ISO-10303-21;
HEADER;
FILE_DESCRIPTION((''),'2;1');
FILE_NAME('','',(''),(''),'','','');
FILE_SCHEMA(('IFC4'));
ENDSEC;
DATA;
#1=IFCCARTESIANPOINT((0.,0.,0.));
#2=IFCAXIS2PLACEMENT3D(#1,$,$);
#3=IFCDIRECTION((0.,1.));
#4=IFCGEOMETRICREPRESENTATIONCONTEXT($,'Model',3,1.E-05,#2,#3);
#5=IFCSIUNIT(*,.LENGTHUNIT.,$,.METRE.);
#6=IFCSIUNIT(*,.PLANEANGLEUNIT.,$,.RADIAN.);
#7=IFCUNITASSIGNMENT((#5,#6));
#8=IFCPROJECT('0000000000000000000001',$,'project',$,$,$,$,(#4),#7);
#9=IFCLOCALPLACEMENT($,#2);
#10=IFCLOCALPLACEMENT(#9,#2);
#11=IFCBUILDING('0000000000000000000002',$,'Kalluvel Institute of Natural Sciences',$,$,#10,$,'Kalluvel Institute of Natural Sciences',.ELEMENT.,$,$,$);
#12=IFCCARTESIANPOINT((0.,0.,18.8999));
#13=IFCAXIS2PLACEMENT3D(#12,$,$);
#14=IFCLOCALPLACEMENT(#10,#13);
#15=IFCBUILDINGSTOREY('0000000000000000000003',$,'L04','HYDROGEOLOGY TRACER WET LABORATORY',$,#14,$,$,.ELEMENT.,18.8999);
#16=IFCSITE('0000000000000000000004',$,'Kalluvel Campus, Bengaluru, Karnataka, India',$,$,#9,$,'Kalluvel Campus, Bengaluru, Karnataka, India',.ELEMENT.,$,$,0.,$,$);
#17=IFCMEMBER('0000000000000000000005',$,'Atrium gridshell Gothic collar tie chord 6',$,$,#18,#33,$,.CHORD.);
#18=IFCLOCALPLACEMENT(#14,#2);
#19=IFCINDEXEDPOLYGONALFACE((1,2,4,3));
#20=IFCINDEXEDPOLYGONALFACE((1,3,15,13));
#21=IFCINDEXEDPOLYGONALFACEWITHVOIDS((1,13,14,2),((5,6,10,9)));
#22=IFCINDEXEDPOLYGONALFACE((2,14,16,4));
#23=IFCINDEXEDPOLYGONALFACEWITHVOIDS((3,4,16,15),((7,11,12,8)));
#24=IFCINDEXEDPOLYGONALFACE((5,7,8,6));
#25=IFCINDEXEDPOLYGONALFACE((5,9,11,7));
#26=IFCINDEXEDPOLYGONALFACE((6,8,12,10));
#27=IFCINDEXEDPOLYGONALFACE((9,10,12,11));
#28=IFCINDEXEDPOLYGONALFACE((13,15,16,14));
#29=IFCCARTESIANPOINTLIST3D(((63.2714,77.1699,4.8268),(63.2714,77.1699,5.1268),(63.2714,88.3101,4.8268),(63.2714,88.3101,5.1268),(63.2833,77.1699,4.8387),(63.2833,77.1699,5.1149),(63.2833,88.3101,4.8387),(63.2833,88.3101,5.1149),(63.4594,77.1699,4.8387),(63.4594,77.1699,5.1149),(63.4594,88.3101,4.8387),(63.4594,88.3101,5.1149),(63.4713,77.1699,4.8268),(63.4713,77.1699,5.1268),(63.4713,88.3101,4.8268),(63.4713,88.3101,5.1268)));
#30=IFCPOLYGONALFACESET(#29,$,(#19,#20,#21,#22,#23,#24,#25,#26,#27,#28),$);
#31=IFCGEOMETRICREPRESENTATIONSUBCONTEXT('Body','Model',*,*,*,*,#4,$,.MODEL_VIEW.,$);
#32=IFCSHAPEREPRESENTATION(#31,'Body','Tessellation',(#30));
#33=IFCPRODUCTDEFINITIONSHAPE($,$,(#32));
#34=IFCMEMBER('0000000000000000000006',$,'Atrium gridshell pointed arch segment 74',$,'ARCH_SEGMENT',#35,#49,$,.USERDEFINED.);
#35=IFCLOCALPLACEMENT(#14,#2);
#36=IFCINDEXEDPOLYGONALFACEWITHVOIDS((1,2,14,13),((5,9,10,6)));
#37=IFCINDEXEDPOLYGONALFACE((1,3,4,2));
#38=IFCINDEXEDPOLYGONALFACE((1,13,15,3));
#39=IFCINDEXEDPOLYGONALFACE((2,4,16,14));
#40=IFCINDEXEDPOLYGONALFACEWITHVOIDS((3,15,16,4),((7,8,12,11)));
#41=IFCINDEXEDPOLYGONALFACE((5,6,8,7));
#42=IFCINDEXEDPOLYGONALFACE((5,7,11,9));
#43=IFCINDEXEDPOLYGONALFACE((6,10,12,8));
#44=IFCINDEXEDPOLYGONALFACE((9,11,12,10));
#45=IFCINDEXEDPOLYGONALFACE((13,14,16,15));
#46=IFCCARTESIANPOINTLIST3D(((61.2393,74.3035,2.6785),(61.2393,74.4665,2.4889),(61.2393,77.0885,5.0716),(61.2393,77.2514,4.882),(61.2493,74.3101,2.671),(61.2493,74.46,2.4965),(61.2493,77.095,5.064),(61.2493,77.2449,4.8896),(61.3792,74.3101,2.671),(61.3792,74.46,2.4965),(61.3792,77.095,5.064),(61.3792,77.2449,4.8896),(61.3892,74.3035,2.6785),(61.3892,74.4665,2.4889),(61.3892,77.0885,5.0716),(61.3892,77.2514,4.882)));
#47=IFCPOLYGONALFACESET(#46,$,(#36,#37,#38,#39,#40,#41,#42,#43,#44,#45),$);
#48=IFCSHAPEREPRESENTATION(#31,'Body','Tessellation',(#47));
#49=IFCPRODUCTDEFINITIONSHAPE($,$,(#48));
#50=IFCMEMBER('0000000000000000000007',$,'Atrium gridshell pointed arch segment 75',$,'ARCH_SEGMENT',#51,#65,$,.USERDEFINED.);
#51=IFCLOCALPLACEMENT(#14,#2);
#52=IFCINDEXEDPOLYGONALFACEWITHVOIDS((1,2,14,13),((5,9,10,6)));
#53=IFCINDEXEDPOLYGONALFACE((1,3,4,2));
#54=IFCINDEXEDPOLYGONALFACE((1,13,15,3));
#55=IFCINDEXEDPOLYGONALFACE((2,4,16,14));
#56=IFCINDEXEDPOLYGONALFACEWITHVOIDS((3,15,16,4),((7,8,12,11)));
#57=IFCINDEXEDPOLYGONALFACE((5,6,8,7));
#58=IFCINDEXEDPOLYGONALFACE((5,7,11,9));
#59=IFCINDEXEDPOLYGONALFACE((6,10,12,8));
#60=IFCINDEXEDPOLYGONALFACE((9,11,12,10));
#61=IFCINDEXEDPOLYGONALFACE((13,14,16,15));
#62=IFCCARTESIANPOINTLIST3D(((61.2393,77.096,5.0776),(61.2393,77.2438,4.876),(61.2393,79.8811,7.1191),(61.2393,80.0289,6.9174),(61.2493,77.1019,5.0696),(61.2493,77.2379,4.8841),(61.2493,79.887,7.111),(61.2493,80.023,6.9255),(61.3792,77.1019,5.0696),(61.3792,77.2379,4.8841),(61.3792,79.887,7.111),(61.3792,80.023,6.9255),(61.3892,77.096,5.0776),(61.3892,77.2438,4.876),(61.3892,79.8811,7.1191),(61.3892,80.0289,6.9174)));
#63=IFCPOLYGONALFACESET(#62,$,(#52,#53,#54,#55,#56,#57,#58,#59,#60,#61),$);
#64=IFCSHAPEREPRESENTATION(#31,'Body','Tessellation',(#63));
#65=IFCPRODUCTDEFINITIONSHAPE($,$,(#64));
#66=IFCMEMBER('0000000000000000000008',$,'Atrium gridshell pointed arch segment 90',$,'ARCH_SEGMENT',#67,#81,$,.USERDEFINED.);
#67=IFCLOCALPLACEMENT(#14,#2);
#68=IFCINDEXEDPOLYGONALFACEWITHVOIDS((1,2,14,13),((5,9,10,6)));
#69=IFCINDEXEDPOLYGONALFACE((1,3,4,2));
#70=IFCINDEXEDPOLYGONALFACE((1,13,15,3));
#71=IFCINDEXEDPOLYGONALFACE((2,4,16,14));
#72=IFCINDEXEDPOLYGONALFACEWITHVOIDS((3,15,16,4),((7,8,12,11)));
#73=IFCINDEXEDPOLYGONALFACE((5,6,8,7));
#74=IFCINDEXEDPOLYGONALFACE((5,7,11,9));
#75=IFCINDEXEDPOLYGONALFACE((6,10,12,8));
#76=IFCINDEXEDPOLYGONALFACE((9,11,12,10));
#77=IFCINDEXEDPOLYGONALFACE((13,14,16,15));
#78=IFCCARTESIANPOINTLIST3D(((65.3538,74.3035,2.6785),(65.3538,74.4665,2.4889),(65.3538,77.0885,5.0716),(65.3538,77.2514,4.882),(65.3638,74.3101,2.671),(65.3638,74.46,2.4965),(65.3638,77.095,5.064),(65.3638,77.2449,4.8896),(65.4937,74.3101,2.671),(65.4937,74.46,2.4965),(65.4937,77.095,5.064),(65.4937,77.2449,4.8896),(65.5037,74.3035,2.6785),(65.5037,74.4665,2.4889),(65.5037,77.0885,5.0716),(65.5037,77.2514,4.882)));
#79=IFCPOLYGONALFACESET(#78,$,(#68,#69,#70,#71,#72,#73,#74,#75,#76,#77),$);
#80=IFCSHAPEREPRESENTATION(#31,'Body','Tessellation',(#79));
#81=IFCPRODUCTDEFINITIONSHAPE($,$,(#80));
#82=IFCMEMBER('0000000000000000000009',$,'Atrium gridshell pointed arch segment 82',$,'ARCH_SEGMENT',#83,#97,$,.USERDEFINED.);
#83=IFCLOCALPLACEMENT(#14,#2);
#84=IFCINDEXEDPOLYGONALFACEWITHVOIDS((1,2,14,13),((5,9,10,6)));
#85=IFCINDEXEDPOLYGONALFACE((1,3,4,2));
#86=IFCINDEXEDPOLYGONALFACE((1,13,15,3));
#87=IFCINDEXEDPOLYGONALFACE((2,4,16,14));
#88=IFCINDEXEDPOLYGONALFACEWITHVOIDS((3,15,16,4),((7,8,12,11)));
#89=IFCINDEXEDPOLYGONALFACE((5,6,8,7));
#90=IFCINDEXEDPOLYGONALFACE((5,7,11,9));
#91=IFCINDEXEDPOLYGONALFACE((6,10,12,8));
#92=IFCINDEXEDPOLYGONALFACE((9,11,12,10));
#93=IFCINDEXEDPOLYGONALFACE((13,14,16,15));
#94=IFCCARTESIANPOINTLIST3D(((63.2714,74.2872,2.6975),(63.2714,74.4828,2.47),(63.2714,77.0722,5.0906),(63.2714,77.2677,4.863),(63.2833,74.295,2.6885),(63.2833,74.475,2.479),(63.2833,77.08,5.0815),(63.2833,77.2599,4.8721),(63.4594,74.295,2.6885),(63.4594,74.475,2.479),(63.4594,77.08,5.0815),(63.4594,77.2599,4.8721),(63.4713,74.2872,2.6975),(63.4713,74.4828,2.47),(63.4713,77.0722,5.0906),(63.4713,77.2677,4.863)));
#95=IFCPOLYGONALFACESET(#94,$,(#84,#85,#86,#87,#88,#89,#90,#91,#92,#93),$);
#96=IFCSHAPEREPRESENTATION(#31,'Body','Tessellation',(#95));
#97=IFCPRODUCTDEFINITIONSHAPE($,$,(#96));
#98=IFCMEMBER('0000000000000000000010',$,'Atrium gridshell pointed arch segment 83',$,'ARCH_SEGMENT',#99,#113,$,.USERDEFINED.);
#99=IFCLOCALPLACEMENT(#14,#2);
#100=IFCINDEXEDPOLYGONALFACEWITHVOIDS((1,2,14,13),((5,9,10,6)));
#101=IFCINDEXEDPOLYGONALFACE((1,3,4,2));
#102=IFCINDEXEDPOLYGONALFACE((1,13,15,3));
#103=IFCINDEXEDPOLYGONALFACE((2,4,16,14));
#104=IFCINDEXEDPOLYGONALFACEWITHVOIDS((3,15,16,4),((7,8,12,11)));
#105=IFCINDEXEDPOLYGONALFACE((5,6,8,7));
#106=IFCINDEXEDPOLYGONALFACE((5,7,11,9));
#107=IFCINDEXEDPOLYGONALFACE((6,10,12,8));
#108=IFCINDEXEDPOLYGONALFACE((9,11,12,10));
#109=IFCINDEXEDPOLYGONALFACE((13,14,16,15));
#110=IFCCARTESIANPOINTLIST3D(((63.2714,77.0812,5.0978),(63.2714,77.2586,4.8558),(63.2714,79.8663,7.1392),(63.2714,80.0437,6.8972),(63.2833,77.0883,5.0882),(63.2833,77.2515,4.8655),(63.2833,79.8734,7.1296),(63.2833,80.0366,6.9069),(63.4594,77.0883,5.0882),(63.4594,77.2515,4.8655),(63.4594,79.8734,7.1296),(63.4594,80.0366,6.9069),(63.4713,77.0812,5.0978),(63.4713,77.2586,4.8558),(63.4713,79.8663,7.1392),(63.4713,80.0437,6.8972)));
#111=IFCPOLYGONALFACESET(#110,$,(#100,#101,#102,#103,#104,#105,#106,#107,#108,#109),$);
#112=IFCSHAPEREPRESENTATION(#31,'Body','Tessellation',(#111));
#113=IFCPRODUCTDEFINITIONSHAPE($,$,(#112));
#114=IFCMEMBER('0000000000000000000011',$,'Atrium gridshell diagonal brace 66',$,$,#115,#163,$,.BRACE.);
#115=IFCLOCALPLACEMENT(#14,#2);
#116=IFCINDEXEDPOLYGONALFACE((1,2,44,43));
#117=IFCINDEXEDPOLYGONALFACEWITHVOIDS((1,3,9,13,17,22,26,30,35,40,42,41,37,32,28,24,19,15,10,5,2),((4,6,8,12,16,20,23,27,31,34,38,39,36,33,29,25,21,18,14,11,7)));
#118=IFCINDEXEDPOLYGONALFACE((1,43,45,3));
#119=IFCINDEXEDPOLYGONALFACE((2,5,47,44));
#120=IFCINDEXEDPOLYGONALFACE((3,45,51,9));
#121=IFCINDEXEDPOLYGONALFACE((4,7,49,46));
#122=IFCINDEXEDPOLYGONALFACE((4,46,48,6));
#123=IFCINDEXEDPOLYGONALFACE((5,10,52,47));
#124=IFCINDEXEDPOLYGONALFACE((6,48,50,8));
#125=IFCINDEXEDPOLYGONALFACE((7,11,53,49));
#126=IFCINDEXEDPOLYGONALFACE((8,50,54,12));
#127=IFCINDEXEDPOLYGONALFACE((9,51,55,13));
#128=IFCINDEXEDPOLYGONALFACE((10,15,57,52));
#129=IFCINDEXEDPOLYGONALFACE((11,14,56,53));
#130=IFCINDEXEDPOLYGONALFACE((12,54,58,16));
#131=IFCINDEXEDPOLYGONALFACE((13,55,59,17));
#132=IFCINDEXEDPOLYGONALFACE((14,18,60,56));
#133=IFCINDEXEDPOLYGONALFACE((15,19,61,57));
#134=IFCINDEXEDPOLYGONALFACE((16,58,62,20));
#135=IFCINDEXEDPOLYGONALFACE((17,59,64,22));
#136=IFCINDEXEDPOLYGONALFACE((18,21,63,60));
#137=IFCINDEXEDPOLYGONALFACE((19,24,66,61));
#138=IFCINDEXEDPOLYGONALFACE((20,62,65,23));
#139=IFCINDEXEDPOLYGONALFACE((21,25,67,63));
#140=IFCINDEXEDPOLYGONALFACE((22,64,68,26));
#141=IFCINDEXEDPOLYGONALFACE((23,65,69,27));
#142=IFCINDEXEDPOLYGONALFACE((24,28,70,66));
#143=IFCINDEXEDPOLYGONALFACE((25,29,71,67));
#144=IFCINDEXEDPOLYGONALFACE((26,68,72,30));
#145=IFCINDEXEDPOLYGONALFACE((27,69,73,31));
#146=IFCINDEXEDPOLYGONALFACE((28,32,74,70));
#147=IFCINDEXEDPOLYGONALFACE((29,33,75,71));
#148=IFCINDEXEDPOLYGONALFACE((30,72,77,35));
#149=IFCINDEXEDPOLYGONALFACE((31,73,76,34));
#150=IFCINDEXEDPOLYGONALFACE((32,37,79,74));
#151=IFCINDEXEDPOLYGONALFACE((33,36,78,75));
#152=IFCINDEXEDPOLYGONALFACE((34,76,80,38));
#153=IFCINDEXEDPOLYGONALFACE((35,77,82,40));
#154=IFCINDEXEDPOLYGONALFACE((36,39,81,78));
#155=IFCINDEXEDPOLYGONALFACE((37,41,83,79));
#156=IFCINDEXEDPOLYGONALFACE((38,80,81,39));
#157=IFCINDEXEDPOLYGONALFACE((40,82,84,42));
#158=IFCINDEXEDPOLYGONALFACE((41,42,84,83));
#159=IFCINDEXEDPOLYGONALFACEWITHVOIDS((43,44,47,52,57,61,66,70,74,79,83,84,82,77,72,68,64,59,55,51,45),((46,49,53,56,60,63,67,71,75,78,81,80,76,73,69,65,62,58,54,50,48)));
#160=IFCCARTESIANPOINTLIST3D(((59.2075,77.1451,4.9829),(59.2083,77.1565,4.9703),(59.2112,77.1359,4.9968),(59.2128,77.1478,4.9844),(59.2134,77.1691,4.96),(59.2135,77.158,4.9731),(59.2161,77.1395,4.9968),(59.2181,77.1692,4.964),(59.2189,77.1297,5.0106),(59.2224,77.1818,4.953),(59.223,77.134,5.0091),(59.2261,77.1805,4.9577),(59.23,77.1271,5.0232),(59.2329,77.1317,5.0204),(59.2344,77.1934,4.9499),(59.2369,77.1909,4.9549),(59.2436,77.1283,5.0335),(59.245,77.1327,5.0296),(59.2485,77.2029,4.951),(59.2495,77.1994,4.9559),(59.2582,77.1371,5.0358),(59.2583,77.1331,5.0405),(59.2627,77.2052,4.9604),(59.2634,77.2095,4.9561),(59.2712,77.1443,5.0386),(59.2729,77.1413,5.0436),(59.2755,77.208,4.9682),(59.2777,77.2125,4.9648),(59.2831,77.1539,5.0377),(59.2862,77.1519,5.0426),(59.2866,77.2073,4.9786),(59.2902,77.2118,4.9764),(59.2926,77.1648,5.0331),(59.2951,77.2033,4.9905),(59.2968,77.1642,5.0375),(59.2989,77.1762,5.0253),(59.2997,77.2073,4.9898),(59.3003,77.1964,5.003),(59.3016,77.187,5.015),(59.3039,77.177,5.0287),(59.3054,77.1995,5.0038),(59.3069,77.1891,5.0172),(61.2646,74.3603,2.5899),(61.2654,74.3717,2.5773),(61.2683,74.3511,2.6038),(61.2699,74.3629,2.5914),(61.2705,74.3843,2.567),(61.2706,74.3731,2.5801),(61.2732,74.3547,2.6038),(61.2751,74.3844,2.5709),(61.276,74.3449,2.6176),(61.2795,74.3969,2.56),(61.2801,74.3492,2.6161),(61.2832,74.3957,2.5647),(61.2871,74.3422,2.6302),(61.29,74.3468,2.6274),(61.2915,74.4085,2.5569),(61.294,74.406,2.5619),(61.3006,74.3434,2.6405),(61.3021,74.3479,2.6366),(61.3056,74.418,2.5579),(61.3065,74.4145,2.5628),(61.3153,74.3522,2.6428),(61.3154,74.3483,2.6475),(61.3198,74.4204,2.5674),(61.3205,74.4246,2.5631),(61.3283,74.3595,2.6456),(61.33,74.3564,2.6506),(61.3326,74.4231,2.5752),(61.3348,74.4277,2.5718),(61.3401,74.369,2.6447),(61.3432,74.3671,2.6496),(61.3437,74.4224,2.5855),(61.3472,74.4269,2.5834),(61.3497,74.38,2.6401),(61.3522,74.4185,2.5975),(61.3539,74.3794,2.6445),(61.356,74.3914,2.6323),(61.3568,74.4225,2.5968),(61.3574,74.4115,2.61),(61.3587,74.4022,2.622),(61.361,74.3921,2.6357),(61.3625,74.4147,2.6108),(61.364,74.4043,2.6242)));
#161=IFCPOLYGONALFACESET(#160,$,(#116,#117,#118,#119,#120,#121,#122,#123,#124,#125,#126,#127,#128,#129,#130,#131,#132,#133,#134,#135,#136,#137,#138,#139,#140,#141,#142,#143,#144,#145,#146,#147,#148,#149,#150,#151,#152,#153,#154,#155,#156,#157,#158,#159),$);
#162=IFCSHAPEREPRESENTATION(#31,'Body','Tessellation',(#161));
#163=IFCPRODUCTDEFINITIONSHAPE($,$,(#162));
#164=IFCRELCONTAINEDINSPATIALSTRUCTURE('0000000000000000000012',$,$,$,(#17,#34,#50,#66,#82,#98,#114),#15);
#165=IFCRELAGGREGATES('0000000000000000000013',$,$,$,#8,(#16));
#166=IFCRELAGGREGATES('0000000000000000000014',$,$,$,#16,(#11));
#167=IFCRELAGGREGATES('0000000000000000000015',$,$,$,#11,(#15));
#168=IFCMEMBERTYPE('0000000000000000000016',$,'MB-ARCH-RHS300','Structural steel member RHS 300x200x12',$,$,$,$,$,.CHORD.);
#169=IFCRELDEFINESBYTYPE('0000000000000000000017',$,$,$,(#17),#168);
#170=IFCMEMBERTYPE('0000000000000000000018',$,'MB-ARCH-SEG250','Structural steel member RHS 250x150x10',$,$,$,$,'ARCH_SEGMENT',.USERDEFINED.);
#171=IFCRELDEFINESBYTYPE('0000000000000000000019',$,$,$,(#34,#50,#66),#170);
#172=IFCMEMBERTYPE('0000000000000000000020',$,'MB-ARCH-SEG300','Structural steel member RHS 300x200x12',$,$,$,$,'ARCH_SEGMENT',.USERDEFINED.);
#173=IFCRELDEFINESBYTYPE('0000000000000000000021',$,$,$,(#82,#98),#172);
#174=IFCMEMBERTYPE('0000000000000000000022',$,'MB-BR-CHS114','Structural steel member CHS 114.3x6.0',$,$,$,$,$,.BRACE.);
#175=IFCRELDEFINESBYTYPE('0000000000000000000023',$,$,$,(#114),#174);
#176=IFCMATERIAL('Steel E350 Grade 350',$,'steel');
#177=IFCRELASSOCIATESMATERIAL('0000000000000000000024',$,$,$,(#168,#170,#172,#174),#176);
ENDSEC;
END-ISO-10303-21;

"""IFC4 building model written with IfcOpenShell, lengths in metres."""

from ifc_helpers import new_model, si_unit, direction, frame, origin, origin_2d, place, context, subcontext, project, spatial, hollow_rectangle, hollow_circle, extrude, material, material_profile, profile_set, type_object, element, save


model = new_model("IFC4")

# Units and contexts
model_context = context("Model", 3, precision=1e-05, world=origin(), true_north=direction((0.0, 1.0)))
body_context = subcontext(model_context, "Body", "Model", "MODEL_VIEW")
ifc_project = project(units=[si_unit("LENGTHUNIT", "METRE"), si_unit("PLANEANGLEUNIT", "RADIAN")], contexts=[model_context])

# Site, building, storey
site_placement = place(None, origin())
site = spatial("IfcSite", under=ifc_project, at=site_placement, Name="Kalluvel Campus, Bengaluru, Karnataka, India", LongName="Kalluvel Campus, Bengaluru, Karnataka, India", CompositionType="ELEMENT", RefElevation=0.0)
building_placement = place(site_placement, origin())
building = spatial("IfcBuilding", under=site, at=building_placement, Name="Kalluvel Institute of Natural Sciences", LongName="Kalluvel Institute of Natural Sciences", CompositionType="ELEMENT")
storey_placement = place(building_placement, frame((0.0, 0.0, 18.8999)))
storey = spatial("IfcBuildingStorey", under=building, at=storey_placement, Name="L04", Description="HYDROGEOLOGY TRACER WET LABORATORY", CompositionType="ELEMENT", Elevation=18.8999)

# Members
ifc_material_1 = material(Name="Steel E350 Grade 350", Category="steel")
ifc_material_profile_1 = material_profile(ifc_material_1, hollow_rectangle(XDim=0.2, YDim=0.3, WallThickness=0.012, at=origin_2d()), Name="RHS 300x200x12")
ifc_profile_set_1 = profile_set([ifc_material_profile_1], Name="Steel E350 Grade 350")
member_type_1 = type_object("IfcMemberType", Name="MB-ARCH-RHS300", Description="Structural steel member RHS 300x200x12", PredefinedType="CHORD", material=ifc_profile_set_1)
member_1_placement = place(storey_placement, frame((63.3713, 77.1699, 4.9768), z_axis=(0.0, 1.0, 0.0), x_axis=(-1.0, 0.0, 0.0)))
element("IfcMember", 1, at=member_1_placement, inside=storey, type_object=member_type_1, Name="Atrium gridshell Gothic collar tie chord 6", PredefinedType="CHORD", context=body_context, shape_type="SweptSolid", body=[
    extrude(hollow_rectangle(XDim=0.2, YDim=0.3, WallThickness=0.012, at=origin_2d()), origin(), (0.0, 0.0, 1.0), 11.1401),
])
ifc_material_profile_2 = material_profile(ifc_material_1, hollow_rectangle(XDim=0.1499, YDim=0.25, WallThickness=0.01, at=origin_2d()), Name="RHS 250x150x10")
ifc_profile_set_2 = profile_set([ifc_material_profile_2], Name="Steel E350 Grade 350")
member_type_2 = type_object("IfcMemberType", Name="MB-ARCH-SEG250", Description="Structural steel member RHS 250x150x10", ElementType="ARCH_SEGMENT", PredefinedType="USERDEFINED", material=ifc_profile_set_2)
member_2_placement = place(storey_placement, frame((61.3142, 74.385, 2.5837), z_axis=(0.0, 0.758449, 0.651733), x_axis=(-1.0, 0.0, 0.0)))
element("IfcMember", 2, at=member_2_placement, inside=storey, type_object=member_type_2, Name="Atrium gridshell pointed arch segment 74", ObjectType="ARCH_SEGMENT", PredefinedType="USERDEFINED", context=body_context, shape_type="SweptSolid", body=[
    extrude(hollow_rectangle(XDim=0.1499, YDim=0.25, WallThickness=0.01, at=origin_2d()), origin(), (0.0, 0.0, 1.0), 3.6719),
])
member_3_placement = place(storey_placement, frame((61.3142, 77.1699, 4.9768), z_axis=(0.0, 0.806535, 0.591186), x_axis=(-1.0, 0.0, 0.0)))
element("IfcMember", 3, at=member_3_placement, inside=storey, type_object=member_type_2, Name="Atrium gridshell pointed arch segment 75", ObjectType="ARCH_SEGMENT", PredefinedType="USERDEFINED", context=body_context, shape_type="SweptSolid", body=[
    extrude(hollow_rectangle(XDim=0.1499, YDim=0.25, WallThickness=0.01, at=origin_2d()), origin(), (0.0, 0.0, 1.0), 3.4531),
])
member_4_placement = place(storey_placement, frame((65.4287, 74.385, 2.5837), z_axis=(0.0, 0.758449, 0.651733), x_axis=(-1.0, 0.0, 0.0)))
element("IfcMember", 4, at=member_4_placement, inside=storey, type_object=member_type_2, Name="Atrium gridshell pointed arch segment 90", ObjectType="ARCH_SEGMENT", PredefinedType="USERDEFINED", context=body_context, shape_type="SweptSolid", body=[
    extrude(hollow_rectangle(XDim=0.1499, YDim=0.25, WallThickness=0.01, at=origin_2d()), origin(), (0.0, 0.0, 1.0), 3.6719),
])
ifc_material_profile_3 = material_profile(ifc_material_1, hollow_rectangle(XDim=0.2, YDim=0.3, WallThickness=0.012, at=origin_2d()), Name="RHS 300x200x12")
ifc_profile_set_3 = profile_set([ifc_material_profile_3], Name="Steel E350 Grade 350")
member_type_3 = type_object("IfcMemberType", Name="MB-ARCH-SEG300", Description="Structural steel member RHS 300x200x12", ElementType="ARCH_SEGMENT", PredefinedType="USERDEFINED", material=ifc_profile_set_3)
member_5_placement = place(storey_placement, frame((63.3713, 74.385, 2.5837), z_axis=(0.0, 0.758449, 0.651733), x_axis=(-1.0, 0.0, 0.0)))
element("IfcMember", 5, at=member_5_placement, inside=storey, type_object=member_type_3, Name="Atrium gridshell pointed arch segment 82", ObjectType="ARCH_SEGMENT", PredefinedType="USERDEFINED", context=body_context, shape_type="SweptSolid", body=[
    extrude(hollow_rectangle(XDim=0.2, YDim=0.3, WallThickness=0.012, at=origin_2d()), origin(), (0.0, 0.0, 1.0), 3.6719),
])
member_6_placement = place(storey_placement, frame((63.3713, 77.1699, 4.9768), z_axis=(0.0, 0.806535, 0.591186), x_axis=(-1.0, 0.0, 0.0)))
element("IfcMember", 6, at=member_6_placement, inside=storey, type_object=member_type_3, Name="Atrium gridshell pointed arch segment 83", ObjectType="ARCH_SEGMENT", PredefinedType="USERDEFINED", context=body_context, shape_type="SweptSolid", body=[
    extrude(hollow_rectangle(XDim=0.2, YDim=0.3, WallThickness=0.012, at=origin_2d()), origin(), (0.0, 0.0, 1.0), 3.4531),
])
ifc_material_profile_4 = material_profile(ifc_material_1, hollow_circle(Radius=0.0571, WallThickness=0.0061, at=origin_2d()), Name="CHS 114.3x6.0")
ifc_profile_set_4 = profile_set([ifc_material_profile_4], Name="Steel E350 Grade 350")
member_type_4 = type_object("IfcMemberType", Name="MB-BR-CHS114", Description="Structural steel member CHS 114.3x6.0", PredefinedType="BRACE", material=ifc_profile_set_4)
member_7_placement = place(storey_placement, frame((61.3142, 74.385, 2.6038), z_axis=(-0.488765, 0.661683, 0.568582), x_axis=(-0.804353, -0.594151, 0.0)))
element("IfcMember", 7, at=member_7_placement, inside=storey, type_object=member_type_4, Name="Atrium gridshell diagonal brace 66", PredefinedType="BRACE", context=body_context, shape_type="SweptSolid", body=[
    extrude(hollow_circle(Radius=0.0571, WallThickness=0.0061, at=origin_2d()), origin(), (0.0, 0.0, 1.0), 4.2087),
])

save(model, "model.ifc")
